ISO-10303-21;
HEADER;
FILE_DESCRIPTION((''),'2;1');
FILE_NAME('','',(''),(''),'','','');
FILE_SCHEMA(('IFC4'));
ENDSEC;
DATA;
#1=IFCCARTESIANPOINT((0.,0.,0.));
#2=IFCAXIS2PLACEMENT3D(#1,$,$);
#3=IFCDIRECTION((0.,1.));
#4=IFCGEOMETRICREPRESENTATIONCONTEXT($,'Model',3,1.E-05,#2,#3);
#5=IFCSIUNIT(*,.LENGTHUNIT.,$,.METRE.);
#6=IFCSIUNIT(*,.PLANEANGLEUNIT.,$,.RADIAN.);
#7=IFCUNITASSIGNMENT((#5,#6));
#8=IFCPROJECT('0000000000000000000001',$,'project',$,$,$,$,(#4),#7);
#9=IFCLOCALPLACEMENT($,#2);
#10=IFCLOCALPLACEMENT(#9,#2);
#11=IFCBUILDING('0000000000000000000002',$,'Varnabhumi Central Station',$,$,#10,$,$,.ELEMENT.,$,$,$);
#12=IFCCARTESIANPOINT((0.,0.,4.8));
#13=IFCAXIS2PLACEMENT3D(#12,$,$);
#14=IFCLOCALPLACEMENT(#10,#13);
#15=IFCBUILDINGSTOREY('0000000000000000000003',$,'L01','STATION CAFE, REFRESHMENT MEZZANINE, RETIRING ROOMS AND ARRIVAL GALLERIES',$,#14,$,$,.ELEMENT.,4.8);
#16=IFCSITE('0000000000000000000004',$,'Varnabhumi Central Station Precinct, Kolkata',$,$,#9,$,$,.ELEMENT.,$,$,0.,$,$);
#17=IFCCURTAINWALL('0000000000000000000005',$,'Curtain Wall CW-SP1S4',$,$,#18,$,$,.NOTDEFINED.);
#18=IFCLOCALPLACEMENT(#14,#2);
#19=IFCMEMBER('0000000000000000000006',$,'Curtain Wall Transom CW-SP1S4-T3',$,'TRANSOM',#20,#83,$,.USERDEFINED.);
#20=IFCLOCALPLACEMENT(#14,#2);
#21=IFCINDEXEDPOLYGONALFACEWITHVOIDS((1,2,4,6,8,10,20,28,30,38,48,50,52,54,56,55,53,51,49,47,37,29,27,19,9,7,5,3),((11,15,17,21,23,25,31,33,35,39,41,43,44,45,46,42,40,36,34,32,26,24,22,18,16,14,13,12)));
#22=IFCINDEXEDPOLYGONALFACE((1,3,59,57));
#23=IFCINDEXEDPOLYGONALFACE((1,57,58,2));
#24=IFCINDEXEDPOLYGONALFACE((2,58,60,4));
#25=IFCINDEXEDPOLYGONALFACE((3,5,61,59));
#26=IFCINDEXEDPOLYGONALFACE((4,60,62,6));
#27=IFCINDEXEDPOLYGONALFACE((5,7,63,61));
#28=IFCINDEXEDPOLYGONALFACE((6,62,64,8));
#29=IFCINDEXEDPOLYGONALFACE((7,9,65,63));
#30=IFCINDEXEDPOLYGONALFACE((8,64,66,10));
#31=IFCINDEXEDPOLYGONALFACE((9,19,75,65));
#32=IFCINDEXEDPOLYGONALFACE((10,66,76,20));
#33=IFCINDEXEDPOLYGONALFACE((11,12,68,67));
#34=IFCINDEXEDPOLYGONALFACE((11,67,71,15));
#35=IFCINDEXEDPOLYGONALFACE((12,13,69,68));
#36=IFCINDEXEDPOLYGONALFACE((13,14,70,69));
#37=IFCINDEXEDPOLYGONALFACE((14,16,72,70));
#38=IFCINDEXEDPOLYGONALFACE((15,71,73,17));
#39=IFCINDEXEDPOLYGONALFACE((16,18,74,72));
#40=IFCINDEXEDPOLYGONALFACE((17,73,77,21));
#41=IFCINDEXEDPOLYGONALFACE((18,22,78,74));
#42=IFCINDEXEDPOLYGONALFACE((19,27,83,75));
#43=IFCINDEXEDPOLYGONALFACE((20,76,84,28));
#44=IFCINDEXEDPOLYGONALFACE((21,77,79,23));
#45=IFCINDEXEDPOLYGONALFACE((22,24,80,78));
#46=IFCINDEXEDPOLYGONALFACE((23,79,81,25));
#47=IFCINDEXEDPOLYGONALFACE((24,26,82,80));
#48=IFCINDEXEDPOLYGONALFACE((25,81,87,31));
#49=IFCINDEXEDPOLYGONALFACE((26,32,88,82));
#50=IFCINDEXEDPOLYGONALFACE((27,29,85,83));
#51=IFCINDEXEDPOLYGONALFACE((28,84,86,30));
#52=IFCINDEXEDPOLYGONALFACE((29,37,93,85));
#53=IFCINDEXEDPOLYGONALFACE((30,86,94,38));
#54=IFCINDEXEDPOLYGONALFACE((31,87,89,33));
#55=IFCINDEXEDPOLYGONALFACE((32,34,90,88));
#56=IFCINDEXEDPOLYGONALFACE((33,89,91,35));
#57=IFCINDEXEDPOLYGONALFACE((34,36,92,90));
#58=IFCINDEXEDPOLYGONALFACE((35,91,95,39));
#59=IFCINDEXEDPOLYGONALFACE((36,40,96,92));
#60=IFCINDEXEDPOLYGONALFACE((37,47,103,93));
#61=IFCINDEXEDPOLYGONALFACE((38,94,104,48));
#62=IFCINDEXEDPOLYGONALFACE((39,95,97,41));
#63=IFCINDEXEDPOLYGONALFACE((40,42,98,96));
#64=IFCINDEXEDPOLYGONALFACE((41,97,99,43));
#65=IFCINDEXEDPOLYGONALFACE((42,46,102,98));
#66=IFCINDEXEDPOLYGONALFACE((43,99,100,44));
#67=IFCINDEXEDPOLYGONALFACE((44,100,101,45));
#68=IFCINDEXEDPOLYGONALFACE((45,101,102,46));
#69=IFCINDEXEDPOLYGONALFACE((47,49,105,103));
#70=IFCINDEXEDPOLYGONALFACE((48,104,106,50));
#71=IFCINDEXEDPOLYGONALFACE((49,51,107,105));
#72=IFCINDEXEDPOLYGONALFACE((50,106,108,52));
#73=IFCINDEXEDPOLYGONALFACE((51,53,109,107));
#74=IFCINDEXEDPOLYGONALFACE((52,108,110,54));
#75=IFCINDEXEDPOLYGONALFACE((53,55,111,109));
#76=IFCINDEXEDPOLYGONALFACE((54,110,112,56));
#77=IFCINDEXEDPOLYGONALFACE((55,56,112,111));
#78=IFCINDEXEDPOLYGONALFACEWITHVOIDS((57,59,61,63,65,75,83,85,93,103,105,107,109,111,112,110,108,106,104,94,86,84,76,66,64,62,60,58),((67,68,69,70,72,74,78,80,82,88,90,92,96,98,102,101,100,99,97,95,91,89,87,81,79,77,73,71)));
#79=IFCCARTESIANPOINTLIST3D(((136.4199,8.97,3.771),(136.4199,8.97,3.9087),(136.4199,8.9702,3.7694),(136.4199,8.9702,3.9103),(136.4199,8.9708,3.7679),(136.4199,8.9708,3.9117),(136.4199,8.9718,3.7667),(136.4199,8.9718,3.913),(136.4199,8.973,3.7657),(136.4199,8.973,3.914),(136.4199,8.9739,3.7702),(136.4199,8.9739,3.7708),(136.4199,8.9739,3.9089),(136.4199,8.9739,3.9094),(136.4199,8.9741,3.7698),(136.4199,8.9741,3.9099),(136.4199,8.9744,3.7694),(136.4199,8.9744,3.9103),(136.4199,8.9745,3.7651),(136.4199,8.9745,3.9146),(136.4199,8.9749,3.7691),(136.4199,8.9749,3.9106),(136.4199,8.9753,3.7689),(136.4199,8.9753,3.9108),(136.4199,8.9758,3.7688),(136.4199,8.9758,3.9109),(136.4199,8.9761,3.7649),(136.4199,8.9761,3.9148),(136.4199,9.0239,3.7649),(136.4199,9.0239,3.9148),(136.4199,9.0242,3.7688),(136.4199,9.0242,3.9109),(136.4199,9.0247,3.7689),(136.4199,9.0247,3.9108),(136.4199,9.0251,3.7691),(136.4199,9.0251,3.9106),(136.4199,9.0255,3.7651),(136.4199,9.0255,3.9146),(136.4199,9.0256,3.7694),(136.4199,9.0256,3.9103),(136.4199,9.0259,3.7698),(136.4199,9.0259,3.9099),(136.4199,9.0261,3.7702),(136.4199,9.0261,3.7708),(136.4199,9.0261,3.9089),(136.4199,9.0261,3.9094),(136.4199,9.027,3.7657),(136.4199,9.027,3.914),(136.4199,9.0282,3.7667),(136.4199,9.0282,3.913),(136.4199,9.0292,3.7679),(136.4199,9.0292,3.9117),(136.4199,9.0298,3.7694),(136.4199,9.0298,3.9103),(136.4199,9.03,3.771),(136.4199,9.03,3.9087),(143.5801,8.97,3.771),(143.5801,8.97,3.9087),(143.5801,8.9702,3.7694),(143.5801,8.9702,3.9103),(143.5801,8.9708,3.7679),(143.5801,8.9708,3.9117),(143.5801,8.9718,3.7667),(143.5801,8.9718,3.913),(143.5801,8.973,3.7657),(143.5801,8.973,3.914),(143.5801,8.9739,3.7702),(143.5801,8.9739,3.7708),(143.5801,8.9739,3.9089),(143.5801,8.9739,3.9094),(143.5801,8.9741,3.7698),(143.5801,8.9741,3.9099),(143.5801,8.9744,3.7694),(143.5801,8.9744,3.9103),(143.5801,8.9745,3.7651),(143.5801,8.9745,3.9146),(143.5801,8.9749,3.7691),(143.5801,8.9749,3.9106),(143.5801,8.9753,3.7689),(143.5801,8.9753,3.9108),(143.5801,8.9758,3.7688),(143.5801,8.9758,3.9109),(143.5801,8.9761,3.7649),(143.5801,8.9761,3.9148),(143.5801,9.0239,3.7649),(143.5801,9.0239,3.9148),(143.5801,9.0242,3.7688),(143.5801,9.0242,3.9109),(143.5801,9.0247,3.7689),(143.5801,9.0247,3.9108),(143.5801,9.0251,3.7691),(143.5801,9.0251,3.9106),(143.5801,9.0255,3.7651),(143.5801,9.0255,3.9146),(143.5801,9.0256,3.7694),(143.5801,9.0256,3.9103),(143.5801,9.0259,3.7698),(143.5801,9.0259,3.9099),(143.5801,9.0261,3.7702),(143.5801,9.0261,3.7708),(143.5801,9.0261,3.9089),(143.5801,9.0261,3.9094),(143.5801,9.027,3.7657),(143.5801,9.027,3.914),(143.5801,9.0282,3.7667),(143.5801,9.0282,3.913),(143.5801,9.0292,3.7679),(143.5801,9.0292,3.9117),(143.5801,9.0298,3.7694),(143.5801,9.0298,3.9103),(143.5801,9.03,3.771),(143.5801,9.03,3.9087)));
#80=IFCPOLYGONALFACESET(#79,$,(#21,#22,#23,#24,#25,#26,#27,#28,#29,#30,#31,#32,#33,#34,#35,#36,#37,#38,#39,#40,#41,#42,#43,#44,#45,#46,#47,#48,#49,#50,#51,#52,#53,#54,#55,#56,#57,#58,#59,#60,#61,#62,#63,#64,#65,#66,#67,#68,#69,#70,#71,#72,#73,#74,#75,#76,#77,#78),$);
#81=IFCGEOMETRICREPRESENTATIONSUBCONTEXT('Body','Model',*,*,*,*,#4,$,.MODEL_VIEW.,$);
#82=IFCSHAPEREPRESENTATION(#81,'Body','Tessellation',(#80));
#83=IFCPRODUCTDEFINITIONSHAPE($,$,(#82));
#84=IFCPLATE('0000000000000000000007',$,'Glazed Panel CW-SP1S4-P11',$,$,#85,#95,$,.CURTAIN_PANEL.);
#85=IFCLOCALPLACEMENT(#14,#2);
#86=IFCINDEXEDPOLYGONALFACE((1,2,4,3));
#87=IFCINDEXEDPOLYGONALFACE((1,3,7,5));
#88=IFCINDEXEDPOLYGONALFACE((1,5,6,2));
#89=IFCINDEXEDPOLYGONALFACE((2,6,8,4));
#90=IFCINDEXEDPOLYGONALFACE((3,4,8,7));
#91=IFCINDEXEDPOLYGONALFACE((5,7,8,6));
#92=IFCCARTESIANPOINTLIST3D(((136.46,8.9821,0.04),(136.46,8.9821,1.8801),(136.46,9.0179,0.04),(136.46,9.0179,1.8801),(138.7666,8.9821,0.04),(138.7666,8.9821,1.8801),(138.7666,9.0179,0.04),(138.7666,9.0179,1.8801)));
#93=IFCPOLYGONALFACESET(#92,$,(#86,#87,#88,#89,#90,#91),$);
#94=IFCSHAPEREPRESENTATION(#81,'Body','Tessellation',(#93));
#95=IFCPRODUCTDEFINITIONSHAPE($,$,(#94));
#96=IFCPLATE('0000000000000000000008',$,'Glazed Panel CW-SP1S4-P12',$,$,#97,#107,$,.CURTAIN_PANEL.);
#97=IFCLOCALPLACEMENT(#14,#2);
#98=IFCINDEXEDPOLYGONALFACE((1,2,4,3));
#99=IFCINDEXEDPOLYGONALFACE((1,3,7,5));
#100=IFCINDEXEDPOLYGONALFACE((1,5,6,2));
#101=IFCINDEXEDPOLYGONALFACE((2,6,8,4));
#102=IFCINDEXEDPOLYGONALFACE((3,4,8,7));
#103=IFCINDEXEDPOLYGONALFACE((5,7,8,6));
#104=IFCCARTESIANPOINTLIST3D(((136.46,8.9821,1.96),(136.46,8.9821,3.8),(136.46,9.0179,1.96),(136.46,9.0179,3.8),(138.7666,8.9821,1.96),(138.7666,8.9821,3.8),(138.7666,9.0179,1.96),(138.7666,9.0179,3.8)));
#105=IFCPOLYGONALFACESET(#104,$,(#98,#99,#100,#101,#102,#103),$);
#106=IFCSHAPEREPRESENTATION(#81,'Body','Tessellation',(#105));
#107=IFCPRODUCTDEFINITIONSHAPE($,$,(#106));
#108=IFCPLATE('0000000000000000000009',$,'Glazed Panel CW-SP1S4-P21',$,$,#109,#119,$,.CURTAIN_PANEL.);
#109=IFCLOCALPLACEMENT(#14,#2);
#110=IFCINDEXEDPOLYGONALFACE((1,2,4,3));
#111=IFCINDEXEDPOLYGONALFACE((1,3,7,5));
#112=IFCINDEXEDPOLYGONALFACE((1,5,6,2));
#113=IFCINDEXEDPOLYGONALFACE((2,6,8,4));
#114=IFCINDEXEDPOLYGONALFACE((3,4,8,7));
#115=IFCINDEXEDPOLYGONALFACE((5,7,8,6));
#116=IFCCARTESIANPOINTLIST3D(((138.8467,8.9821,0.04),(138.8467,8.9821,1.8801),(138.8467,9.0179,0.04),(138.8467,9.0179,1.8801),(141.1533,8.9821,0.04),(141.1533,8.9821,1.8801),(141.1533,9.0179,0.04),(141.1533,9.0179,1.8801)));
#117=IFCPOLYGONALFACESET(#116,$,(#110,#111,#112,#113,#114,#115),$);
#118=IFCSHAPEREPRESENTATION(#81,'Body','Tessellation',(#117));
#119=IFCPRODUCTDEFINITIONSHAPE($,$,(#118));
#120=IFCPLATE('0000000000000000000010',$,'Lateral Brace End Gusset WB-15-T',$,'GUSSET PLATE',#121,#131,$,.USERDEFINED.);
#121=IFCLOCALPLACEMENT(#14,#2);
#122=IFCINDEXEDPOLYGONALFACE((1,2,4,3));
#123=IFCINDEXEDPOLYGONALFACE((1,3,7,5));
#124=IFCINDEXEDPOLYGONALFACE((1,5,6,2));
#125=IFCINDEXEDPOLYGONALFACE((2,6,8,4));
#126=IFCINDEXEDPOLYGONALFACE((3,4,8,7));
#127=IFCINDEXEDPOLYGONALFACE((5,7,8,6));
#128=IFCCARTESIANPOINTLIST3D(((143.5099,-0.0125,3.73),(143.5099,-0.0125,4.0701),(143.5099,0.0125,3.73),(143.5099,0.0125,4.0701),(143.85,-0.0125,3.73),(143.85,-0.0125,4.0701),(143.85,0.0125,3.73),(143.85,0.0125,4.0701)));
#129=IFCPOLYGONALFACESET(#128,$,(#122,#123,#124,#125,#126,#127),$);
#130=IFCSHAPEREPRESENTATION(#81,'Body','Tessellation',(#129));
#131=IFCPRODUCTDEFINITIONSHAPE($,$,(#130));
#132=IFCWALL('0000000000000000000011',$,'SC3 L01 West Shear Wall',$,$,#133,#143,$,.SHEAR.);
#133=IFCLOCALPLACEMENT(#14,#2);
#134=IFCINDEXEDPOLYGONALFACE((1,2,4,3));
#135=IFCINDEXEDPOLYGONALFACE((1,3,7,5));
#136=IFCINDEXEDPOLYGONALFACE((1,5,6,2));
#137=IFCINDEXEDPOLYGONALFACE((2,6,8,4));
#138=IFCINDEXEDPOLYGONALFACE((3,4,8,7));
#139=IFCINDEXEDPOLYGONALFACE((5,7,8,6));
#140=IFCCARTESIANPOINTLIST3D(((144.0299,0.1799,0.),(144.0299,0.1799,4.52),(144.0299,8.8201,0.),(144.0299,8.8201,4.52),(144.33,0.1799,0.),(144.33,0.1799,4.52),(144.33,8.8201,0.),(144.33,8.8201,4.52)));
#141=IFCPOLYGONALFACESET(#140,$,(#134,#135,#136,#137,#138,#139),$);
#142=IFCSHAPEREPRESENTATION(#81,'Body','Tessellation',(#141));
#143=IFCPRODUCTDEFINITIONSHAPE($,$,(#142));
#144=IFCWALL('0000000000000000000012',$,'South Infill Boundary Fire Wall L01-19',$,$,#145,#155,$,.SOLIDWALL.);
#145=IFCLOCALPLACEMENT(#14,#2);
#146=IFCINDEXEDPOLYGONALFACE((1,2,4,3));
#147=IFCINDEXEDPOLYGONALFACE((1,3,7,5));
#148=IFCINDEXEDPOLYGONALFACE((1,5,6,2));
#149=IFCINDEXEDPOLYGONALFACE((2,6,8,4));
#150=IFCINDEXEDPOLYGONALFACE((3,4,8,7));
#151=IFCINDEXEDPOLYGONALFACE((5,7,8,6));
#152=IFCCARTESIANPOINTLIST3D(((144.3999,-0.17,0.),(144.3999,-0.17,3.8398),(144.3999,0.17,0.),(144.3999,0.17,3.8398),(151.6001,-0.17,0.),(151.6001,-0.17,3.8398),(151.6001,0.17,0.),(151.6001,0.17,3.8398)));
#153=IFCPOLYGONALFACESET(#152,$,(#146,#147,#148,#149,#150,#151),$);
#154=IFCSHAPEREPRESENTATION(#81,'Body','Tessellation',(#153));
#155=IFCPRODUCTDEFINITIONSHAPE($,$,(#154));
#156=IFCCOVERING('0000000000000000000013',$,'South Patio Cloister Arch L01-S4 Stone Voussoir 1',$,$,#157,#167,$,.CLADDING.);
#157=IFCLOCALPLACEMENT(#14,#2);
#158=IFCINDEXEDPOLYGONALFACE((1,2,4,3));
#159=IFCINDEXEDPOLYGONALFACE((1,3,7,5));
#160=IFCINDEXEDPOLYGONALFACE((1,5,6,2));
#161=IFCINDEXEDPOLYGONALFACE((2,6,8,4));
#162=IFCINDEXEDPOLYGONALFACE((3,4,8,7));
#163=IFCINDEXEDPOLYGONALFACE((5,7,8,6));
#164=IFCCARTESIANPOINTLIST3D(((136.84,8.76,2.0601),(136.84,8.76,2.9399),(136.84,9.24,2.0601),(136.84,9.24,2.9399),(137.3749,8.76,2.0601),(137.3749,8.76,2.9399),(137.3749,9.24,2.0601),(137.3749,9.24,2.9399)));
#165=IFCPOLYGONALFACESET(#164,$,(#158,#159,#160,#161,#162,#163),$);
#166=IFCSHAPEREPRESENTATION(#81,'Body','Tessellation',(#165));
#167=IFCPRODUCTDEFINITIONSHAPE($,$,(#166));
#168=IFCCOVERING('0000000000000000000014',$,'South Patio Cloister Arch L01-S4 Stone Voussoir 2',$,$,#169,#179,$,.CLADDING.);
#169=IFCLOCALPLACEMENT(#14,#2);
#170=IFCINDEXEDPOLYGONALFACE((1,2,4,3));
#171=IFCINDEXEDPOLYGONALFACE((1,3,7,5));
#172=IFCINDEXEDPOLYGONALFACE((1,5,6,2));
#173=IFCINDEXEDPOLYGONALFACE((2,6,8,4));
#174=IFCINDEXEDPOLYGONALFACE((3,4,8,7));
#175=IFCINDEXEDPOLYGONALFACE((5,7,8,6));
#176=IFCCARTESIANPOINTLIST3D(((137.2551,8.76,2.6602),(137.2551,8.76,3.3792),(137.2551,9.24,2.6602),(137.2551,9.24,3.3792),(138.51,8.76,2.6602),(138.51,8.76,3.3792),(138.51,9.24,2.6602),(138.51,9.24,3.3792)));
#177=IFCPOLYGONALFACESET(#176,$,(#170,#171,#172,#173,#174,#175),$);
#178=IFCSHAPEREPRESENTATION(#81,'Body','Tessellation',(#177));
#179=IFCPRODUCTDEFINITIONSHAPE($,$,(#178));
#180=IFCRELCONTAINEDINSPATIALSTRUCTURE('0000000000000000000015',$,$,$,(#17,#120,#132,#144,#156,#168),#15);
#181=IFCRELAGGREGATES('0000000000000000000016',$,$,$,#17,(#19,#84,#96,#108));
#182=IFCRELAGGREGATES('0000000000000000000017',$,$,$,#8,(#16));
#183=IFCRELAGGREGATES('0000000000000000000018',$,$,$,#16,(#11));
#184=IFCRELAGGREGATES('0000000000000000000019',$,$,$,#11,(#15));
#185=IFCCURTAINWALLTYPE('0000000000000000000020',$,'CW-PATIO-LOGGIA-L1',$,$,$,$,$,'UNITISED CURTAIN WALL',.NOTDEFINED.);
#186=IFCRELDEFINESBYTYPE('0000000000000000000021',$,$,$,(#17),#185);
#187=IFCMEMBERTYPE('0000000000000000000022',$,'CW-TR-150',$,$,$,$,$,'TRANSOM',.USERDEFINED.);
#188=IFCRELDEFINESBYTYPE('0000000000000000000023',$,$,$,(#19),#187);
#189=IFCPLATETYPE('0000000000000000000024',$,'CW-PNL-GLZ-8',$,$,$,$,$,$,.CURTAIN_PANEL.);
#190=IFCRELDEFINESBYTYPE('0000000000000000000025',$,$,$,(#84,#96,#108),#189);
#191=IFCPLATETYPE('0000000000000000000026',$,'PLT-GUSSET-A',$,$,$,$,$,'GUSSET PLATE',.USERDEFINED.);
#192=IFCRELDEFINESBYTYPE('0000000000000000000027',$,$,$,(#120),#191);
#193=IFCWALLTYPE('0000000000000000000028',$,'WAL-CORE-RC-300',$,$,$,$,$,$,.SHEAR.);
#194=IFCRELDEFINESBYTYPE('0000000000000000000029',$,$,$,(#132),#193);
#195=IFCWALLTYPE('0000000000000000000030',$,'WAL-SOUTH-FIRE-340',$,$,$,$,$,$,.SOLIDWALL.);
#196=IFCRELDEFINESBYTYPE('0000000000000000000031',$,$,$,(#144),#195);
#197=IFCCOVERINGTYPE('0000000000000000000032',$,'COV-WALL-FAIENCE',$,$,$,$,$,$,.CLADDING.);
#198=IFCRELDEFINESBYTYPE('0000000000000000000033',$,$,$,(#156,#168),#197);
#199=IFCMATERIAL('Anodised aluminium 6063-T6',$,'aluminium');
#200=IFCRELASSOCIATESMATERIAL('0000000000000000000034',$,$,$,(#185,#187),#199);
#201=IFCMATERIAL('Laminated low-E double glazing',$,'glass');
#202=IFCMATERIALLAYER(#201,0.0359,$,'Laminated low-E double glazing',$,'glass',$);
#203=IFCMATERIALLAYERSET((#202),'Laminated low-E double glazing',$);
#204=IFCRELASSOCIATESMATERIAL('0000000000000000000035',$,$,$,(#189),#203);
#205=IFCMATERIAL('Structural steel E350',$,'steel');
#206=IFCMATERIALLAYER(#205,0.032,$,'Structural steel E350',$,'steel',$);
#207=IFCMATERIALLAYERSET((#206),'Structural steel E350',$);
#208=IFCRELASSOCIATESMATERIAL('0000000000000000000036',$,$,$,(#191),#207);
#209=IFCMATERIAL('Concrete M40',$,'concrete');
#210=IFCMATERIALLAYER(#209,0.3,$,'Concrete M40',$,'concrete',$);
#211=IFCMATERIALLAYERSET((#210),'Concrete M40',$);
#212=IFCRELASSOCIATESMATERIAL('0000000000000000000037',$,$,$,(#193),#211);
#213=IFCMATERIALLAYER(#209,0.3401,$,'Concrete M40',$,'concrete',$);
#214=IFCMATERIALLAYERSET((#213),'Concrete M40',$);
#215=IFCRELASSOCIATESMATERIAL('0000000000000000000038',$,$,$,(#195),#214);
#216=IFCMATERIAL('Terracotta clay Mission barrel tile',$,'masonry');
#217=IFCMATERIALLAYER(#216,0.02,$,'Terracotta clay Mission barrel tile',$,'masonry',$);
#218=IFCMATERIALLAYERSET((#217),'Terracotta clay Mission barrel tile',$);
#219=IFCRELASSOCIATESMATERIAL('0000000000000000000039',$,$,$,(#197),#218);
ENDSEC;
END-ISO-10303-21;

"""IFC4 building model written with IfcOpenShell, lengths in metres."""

from ifc_helpers import new_model, si_unit, direction, frame, frame_2d, origin, origin_2d, place, context, subcontext, project, spatial, rectangle, hollow_rectangle, extrude, material, layer, layer_set, material_profile, profile_set, type_object, element, aggregate, save


model = new_model("IFC4")

# Units and contexts
model_context = context("Model", 3, precision=1e-05, world=origin(), true_north=direction((0.0, 1.0)))
body_context = subcontext(model_context, "Body", "Model", "MODEL_VIEW")
ifc_project = project(units=[si_unit("LENGTHUNIT", "METRE"), si_unit("PLANEANGLEUNIT", "RADIAN")], contexts=[model_context])

# Site, building, storey
site_placement = place(None, origin())
site = spatial("IfcSite", under=ifc_project, at=site_placement, Name="Varnabhumi Central Station Precinct, Kolkata", CompositionType="ELEMENT", RefElevation=0.0)
building_placement = place(site_placement, origin())
building = spatial("IfcBuilding", under=site, at=building_placement, Name="Varnabhumi Central Station", CompositionType="ELEMENT")
storey_placement = place(building_placement, frame((0.0, 0.0, 4.8)))
storey = spatial("IfcBuildingStorey", under=building, at=storey_placement, Name="L01", Description="STATION CAFE, REFRESHMENT MEZZANINE, RETIRING ROOMS AND ARRIVAL GALLERIES", CompositionType="ELEMENT", Elevation=4.8)

# Shared definitions
ifc_material_1 = material(Name="Concrete M40", Category="concrete")

# Curtain wall, member, plates
ifc_material_2 = material(Name="Anodised aluminium 6063-T6", Category="aluminium")
curtain_wall_type = type_object("IfcCurtainWallType", Name="CW-PATIO-LOGGIA-L1", ElementType="UNITISED CURTAIN WALL", PredefinedType="NOTDEFINED", material=ifc_material_2)
curtain_wall_placement = place(storey_placement, origin())
curtain_wall = element("IfcCurtainWall", 1, at=curtain_wall_placement, inside=storey, type_object=curtain_wall_type, Name="Curtain Wall CW-SP1S4", PredefinedType="NOTDEFINED")
ifc_material_profile_1 = material_profile(ifc_material_2, hollow_rectangle(XDim=0.0601, YDim=0.1499, WallThickness=0.0039, InnerFilletRadius=0.002, OuterFilletRadius=0.0061, at=origin_2d()), Name="Anodised aluminium 6063-T6", Category="aluminium")
ifc_profile_set_1 = profile_set([ifc_material_profile_1], Name="Anodised aluminium 6063-T6")
member_type_1 = type_object("IfcMemberType", Name="CW-TR-150", ElementType="TRANSOM", PredefinedType="USERDEFINED", material=ifc_profile_set_1)
member_1_placement = place(storey_placement, frame((136.4199, 9.0, 3.8398), z_axis=(1.0, 0.0, 0.0), x_axis=(0.0, 1.0, 0.0)))
member_1 = element("IfcMember", 2, at=member_1_placement, type_object=member_type_1, Name="Curtain Wall Transom CW-SP1S4-T3", ObjectType="TRANSOM", PredefinedType="USERDEFINED", context=body_context, shape_type="SweptSolid", body=[
    extrude(hollow_rectangle(XDim=0.0601, YDim=0.1499, WallThickness=0.0039, InnerFilletRadius=0.002, OuterFilletRadius=0.0061, at=origin_2d()), origin(), (0.0, 0.0, 1.0), 7.1602),
])
ifc_material_3 = material(Name="Laminated low-E double glazing", Category="glass")
ifc_layer_1 = layer(ifc_material_3, 0.0359, Name="Laminated low-E double glazing", Category="glass")
ifc_layer_set_1 = layer_set([ifc_layer_1], Name="Laminated low-E double glazing")
plate_type_1 = type_object("IfcPlateType", Name="CW-PNL-GLZ-8", PredefinedType="CURTAIN_PANEL", material=ifc_layer_set_1)
plate_1_placement = place(storey_placement, frame((137.6133, 9.0, 0.04), z_axis=(0.0, 0.0, 1.0), x_axis=(1.0, 0.0, 0.0)))
plate_1 = element("IfcPlate", 3, at=plate_1_placement, type_object=plate_type_1, Name="Glazed Panel CW-SP1S4-P11", PredefinedType="CURTAIN_PANEL", context=body_context, shape_type="SweptSolid", body=[
    extrude(rectangle(XDim=2.3066, YDim=0.0359, at=origin_2d()), origin(), (0.0, 0.0, 1.0), 1.8401),
])
plate_2_placement = place(storey_placement, frame((137.6133, 9.0, 1.96), z_axis=(0.0, 0.0, 1.0), x_axis=(1.0, 0.0, 0.0)))
plate_2 = element("IfcPlate", 4, at=plate_2_placement, type_object=plate_type_1, Name="Glazed Panel CW-SP1S4-P12", PredefinedType="CURTAIN_PANEL", context=body_context, shape_type="SweptSolid", body=[
    extrude(rectangle(XDim=2.3066, YDim=0.0359, at=origin_2d()), origin(), (0.0, 0.0, 1.0), 1.8401),
])
plate_3_placement = place(storey_placement, frame((140.0, 9.0, 0.04), z_axis=(0.0, 0.0, 1.0), x_axis=(1.0, 0.0, 0.0)))
plate_3 = element("IfcPlate", 5, at=plate_3_placement, type_object=plate_type_1, Name="Glazed Panel CW-SP1S4-P21", PredefinedType="CURTAIN_PANEL", context=body_context, shape_type="SweptSolid", body=[
    extrude(rectangle(XDim=2.3066, YDim=0.0359, at=origin_2d()), origin(), (0.0, 0.0, 1.0), 1.8401),
])
aggregate(curtain_wall, [member_1, plate_1, plate_2, plate_3])

# Plate
ifc_material_4 = material(Name="Structural steel E350", Category="steel")
ifc_layer_2 = layer(ifc_material_4, 0.032, Name="Structural steel E350", Category="steel")
ifc_layer_set_2 = layer_set([ifc_layer_2], Name="Structural steel E350")
plate_type_2 = type_object("IfcPlateType", Name="PLT-GUSSET-A", ElementType="GUSSET PLATE", PredefinedType="USERDEFINED", material=ifc_layer_set_2)
plate_4_placement = place(storey_placement, frame((143.6799, 0.0, 3.73), z_axis=(0.0, 0.0, 1.0), x_axis=(1.0, 0.0, 0.0)))
element("IfcPlate", 6, at=plate_4_placement, inside=storey, type_object=plate_type_2, Name="Lateral Brace End Gusset WB-15-T", ObjectType="GUSSET PLATE", PredefinedType="USERDEFINED", context=body_context, shape_type="SweptSolid", body=[
    extrude(rectangle(XDim=0.3401, YDim=0.0249, at=origin_2d()), origin(), (0.0, 0.0, 1.0), 0.3401),
])

# Wall
ifc_layer_3 = layer(ifc_material_1, 0.3, Name="Concrete M40", Category="concrete")
ifc_layer_set_3 = layer_set([ifc_layer_3], Name="Concrete M40")
wall_type_1 = type_object("IfcWallType", Name="WAL-CORE-RC-300", PredefinedType="SHEAR", material=ifc_layer_set_3)
wall_1_placement = place(storey_placement, frame((144.1799, 0.1799, 0.0), z_axis=(0.0, 0.0, 1.0), x_axis=(0.0, 1.0, 0.0)))
element("IfcWall", 7, at=wall_1_placement, inside=storey, type_object=wall_type_1, Name="SC3 L01 West Shear Wall", PredefinedType="SHEAR", context=body_context, shape_type="SweptSolid", body=[
    extrude(rectangle(XDim=8.6401, YDim=0.3, at=frame_2d((4.3201, 0.0))), origin(), (0.0, 0.0, 1.0), 4.52),
])

# Wall
ifc_layer_4 = layer(ifc_material_1, 0.3401, Name="Concrete M40", Category="concrete")
ifc_layer_set_4 = layer_set([ifc_layer_4], Name="Concrete M40")
wall_type_2 = type_object("IfcWallType", Name="WAL-SOUTH-FIRE-340", PredefinedType="SOLIDWALL", material=ifc_layer_set_4)
wall_2_placement = place(storey_placement, frame((144.3999, 0.0, 0.0), z_axis=(0.0, 0.0, 1.0), x_axis=(1.0, 0.0, 0.0)))
element("IfcWall", 8, at=wall_2_placement, inside=storey, type_object=wall_type_2, Name="South Infill Boundary Fire Wall L01-19", PredefinedType="SOLIDWALL", context=body_context, shape_type="SweptSolid", body=[
    extrude(rectangle(XDim=7.2002, YDim=0.3401, at=frame_2d((3.6001, 0.0))), origin(), (0.0, 0.0, 1.0), 3.8398),
])

# Coverings
ifc_material_5 = material(Name="Terracotta clay Mission barrel tile", Category="masonry")
ifc_layer_5 = layer(ifc_material_5, 0.02, Name="Terracotta clay Mission barrel tile", Category="masonry")
ifc_layer_set_5 = layer_set([ifc_layer_5], Name="Terracotta clay Mission barrel tile")
covering_type = type_object("IfcCoveringType", Name="COV-WALL-FAIENCE", PredefinedType="CLADDING", material=ifc_layer_set_5)
covering_1_placement = place(storey_placement, frame((137.1074, 9.0, 2.0601), z_axis=(0.0, 0.0, 1.0), x_axis=(1.0, 0.0, 0.0)))
element("IfcCovering", 9, at=covering_1_placement, inside=storey, type_object=covering_type, Name="South Patio Cloister Arch L01-S4 Stone Voussoir 1", PredefinedType="CLADDING", context=body_context, shape_type="SweptSolid", body=[
    extrude(rectangle(XDim=0.5349, YDim=0.48, at=origin_2d()), origin(), (0.0, 0.0, 1.0), 0.8799),
])
covering_2_placement = place(storey_placement, frame((137.8826, 9.0, 2.6602), z_axis=(0.0, 0.0, 1.0), x_axis=(1.0, 0.0, 0.0)))
element("IfcCovering", 10, at=covering_2_placement, inside=storey, type_object=covering_type, Name="South Patio Cloister Arch L01-S4 Stone Voussoir 2", PredefinedType="CLADDING", context=body_context, shape_type="SweptSolid", body=[
    extrude(rectangle(XDim=1.2549, YDim=0.48, at=origin_2d()), origin(), (0.0, 0.0, 1.0), 0.719),
])

save(model, "model.ifc")
